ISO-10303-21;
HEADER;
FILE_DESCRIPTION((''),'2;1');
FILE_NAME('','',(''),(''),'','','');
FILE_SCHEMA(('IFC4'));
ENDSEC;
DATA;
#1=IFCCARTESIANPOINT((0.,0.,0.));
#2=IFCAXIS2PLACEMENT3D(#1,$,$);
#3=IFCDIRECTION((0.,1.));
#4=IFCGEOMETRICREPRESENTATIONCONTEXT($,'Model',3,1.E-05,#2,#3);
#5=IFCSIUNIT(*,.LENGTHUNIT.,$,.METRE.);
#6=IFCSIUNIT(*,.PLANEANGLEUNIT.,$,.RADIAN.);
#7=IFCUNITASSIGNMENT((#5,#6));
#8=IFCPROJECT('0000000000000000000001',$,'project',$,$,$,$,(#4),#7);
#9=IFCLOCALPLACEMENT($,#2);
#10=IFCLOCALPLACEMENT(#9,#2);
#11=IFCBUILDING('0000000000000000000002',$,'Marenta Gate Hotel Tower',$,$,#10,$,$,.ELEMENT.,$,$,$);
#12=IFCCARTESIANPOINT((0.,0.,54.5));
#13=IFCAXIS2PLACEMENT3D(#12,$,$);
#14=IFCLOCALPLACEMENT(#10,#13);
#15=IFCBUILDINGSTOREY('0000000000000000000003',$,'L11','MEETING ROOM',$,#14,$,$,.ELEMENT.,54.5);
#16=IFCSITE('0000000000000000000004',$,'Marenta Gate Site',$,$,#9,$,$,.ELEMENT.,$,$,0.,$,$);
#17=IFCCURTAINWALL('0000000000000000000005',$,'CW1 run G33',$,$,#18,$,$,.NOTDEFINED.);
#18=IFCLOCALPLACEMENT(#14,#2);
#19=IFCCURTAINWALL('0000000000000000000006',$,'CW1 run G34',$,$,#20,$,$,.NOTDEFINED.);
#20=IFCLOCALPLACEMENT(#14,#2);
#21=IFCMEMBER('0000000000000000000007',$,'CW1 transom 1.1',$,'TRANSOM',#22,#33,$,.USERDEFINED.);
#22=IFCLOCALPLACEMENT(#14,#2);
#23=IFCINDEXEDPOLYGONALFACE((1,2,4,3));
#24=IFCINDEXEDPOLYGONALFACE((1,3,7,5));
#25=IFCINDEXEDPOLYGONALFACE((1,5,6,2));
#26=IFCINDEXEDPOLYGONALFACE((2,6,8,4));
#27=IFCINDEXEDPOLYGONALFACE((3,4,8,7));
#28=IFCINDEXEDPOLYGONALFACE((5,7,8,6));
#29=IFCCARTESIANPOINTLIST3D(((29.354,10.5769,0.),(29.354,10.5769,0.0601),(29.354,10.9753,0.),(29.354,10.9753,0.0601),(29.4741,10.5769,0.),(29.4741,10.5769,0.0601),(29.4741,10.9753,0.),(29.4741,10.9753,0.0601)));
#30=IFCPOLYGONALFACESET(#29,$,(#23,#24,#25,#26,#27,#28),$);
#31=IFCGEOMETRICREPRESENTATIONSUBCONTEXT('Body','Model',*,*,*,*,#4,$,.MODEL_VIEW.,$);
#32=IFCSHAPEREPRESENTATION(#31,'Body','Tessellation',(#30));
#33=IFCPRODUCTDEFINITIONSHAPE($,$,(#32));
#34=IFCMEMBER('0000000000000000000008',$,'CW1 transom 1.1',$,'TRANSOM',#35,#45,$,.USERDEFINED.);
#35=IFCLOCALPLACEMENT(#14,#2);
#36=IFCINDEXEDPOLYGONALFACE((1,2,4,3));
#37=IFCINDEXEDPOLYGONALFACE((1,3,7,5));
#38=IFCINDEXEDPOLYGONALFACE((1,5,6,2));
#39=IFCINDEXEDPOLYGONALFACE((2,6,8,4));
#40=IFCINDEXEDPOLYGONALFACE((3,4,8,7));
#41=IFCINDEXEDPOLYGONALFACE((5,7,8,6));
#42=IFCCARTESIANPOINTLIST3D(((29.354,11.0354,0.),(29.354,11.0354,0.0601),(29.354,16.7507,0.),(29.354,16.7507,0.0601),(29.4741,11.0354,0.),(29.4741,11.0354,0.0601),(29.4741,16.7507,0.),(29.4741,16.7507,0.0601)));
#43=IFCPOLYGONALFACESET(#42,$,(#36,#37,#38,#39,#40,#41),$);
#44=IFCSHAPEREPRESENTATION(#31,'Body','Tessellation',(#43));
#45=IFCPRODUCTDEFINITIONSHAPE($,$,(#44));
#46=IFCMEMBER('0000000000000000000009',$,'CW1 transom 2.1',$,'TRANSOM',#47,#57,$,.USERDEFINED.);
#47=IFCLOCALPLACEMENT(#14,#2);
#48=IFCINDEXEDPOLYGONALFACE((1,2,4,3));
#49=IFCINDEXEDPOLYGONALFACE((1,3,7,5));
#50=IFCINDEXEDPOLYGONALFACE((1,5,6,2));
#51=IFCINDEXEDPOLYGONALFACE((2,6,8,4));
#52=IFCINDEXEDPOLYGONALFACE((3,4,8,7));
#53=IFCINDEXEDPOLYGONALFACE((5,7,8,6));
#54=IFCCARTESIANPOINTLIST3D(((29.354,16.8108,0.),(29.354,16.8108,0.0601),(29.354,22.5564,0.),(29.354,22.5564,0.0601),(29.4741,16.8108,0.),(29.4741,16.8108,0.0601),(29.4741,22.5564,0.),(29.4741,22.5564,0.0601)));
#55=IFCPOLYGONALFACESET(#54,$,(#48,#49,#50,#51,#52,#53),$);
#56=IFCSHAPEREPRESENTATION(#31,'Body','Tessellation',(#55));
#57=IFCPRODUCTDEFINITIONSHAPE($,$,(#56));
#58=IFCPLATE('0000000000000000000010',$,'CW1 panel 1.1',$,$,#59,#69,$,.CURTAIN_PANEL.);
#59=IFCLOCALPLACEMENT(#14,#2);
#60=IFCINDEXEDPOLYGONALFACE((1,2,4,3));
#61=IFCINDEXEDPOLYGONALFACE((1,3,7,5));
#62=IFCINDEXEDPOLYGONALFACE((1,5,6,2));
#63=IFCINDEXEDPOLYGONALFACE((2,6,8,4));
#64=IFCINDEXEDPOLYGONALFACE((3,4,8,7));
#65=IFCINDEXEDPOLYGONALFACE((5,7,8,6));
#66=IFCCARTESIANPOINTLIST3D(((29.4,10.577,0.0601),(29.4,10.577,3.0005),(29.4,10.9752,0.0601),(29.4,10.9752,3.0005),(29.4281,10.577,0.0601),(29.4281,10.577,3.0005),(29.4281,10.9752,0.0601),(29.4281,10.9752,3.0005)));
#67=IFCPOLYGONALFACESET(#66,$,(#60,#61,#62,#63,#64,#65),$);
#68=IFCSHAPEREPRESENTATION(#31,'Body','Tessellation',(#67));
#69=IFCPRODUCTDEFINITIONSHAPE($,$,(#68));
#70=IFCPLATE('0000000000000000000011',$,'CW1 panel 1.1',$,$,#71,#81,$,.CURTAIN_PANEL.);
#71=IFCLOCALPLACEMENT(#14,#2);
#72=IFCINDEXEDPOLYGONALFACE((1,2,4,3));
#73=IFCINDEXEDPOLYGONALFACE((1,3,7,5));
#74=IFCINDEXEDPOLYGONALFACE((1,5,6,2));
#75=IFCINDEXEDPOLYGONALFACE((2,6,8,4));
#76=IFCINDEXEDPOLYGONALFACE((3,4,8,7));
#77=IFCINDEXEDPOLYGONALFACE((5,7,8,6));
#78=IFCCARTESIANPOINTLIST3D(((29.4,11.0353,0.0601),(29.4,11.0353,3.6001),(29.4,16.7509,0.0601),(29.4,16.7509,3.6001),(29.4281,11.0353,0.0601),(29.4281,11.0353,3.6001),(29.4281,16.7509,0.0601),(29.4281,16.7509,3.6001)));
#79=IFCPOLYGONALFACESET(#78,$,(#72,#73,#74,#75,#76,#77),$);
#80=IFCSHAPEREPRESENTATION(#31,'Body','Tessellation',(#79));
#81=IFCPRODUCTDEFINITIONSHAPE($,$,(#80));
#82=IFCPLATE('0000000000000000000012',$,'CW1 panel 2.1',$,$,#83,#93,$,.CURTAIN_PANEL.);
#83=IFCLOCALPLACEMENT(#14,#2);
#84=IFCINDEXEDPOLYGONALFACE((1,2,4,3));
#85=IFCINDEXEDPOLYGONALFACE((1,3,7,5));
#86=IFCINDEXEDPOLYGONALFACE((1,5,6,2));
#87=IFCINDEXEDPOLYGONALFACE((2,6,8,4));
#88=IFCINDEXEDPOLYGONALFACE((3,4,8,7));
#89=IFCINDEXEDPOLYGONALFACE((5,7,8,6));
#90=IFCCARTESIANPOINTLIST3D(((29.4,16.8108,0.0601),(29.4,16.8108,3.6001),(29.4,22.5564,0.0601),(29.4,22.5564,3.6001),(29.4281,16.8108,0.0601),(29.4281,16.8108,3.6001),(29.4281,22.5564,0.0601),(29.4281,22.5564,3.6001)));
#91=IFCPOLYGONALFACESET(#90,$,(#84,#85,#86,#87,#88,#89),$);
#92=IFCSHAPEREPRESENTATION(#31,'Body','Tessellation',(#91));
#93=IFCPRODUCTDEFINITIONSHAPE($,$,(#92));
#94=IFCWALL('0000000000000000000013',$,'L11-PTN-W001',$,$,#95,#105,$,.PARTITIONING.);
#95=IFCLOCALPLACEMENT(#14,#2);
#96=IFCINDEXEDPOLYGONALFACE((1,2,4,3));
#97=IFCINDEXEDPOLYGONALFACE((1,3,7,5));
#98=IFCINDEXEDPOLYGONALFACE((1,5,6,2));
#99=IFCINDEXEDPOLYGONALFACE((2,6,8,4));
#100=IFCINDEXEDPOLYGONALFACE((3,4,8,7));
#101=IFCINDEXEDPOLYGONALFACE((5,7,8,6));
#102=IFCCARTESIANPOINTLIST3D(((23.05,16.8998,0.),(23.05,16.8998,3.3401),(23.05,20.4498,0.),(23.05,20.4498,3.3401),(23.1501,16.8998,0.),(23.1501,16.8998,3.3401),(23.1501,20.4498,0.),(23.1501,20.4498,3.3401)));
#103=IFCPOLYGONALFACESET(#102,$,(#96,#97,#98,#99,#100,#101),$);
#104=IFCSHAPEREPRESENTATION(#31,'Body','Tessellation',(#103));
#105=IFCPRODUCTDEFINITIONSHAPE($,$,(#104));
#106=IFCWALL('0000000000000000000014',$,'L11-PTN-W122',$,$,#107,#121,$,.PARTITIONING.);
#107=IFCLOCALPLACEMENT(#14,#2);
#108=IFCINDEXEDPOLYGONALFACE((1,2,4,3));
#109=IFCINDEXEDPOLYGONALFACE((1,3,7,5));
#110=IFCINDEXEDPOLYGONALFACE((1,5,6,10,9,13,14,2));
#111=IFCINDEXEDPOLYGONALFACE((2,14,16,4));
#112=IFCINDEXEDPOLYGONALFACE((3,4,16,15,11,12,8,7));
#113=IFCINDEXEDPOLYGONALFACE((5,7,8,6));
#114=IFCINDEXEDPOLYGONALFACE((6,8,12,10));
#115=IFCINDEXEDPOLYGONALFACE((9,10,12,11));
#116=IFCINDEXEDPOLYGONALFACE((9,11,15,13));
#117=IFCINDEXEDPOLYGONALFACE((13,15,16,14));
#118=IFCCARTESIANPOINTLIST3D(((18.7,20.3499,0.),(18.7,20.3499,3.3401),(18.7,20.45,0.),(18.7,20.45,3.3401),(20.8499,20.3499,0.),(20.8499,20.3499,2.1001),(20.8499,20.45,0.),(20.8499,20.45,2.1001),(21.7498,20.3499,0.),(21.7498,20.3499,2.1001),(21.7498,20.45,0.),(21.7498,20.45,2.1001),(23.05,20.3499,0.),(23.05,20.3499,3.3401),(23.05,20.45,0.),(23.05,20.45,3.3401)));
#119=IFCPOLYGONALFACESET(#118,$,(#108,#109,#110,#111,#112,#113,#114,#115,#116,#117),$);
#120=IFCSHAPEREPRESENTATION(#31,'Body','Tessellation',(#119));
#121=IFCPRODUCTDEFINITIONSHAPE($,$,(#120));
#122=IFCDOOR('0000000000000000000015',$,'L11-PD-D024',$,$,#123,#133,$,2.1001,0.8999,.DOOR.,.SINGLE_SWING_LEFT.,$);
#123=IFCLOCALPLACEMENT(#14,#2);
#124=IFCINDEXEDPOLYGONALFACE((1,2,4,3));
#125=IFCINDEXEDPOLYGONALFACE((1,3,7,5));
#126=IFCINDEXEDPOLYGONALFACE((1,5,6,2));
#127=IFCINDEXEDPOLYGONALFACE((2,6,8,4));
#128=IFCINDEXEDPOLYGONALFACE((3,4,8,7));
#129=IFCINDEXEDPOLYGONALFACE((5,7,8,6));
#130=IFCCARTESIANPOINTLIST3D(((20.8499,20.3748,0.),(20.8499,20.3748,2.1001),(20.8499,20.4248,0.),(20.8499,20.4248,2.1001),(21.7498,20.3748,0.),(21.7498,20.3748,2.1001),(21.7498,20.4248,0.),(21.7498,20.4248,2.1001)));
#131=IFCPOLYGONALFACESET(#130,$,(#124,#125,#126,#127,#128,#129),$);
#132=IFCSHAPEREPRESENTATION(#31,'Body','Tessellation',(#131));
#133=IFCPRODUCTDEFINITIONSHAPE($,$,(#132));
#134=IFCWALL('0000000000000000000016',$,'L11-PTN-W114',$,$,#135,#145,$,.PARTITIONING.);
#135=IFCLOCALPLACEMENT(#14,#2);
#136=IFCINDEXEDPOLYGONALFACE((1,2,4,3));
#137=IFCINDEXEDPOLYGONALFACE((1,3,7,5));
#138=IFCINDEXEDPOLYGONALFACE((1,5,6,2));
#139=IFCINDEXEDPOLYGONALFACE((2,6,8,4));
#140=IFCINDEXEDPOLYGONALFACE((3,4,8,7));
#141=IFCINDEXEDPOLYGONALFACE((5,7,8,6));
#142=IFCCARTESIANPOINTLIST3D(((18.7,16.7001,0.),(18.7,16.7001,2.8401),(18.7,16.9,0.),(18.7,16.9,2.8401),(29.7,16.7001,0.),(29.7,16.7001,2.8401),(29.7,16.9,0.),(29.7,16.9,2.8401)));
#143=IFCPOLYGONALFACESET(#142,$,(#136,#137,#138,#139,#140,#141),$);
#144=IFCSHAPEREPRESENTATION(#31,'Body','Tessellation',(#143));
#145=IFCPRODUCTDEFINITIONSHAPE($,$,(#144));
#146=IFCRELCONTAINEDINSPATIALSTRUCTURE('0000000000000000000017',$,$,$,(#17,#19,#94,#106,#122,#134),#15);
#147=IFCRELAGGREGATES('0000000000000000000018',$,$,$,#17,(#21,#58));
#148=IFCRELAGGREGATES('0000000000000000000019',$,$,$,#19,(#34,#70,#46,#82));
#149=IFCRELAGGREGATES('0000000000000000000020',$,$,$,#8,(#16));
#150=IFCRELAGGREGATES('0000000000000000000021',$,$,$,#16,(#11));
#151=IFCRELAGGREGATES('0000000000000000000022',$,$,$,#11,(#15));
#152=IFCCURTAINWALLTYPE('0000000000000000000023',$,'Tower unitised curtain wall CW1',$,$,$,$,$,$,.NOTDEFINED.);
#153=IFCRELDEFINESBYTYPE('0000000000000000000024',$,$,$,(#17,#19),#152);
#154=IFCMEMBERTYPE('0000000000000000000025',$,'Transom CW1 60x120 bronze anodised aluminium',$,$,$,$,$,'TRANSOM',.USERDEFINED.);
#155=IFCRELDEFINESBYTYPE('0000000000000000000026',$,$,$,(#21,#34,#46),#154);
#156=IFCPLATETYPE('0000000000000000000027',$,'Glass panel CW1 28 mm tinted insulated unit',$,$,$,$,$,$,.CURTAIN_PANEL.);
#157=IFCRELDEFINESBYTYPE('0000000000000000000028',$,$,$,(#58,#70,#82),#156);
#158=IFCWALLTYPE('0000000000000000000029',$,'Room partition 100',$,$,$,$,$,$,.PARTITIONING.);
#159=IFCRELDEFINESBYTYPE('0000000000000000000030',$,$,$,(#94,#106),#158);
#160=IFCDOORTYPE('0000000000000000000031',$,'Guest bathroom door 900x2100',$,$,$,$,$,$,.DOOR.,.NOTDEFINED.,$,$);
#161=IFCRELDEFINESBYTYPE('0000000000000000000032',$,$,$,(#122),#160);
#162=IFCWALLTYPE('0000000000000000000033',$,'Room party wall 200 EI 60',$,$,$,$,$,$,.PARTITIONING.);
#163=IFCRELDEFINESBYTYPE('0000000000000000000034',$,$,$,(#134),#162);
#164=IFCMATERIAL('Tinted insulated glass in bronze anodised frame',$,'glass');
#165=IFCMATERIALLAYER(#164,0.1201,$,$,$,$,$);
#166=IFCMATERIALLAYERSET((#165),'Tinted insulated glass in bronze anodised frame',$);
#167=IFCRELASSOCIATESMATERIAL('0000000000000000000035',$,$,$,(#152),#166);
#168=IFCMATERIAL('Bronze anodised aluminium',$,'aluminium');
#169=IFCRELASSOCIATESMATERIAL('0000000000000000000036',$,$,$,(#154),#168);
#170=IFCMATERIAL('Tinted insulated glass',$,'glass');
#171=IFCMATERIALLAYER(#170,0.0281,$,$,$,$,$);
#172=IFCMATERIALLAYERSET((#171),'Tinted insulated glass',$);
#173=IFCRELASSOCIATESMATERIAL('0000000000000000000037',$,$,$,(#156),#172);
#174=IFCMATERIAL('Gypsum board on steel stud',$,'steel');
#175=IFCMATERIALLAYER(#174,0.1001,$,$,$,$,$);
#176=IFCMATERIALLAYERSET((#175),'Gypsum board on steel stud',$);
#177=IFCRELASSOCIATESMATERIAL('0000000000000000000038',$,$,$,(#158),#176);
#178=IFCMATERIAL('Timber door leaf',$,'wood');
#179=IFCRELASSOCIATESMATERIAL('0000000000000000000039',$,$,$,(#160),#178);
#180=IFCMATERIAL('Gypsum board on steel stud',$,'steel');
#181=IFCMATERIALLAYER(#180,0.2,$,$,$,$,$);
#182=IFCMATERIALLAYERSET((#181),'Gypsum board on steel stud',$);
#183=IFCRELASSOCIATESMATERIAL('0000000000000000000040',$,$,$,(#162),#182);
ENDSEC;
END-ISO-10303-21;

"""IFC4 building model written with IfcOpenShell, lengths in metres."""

from ifc_helpers import new_model, si_unit, direction, frame, frame_2d, origin, origin_2d, place, context, subcontext, project, spatial, rectangle, extrude, material, layer, layer_set, material_profile, profile_set, type_object, element, fill, aggregate, save


model = new_model("IFC4")

# Units and contexts
model_context = context("Model", 3, precision=1e-05, world=origin(), true_north=direction((0.0, 1.0)))
body_context = subcontext(model_context, "Body", "Model", "MODEL_VIEW")
ifc_project = project(units=[si_unit("LENGTHUNIT", "METRE"), si_unit("PLANEANGLEUNIT", "RADIAN")], contexts=[model_context])

# Site, building, storey
site_placement = place(None, origin())
site = spatial("IfcSite", under=ifc_project, at=site_placement, Name="Marenta Gate Site", CompositionType="ELEMENT", RefElevation=0.0)
building_placement = place(site_placement, origin())
building = spatial("IfcBuilding", under=site, at=building_placement, Name="Marenta Gate Hotel Tower", CompositionType="ELEMENT")
storey_placement = place(building_placement, frame((0.0, 0.0, 54.5)))
storey = spatial("IfcBuildingStorey", under=building, at=storey_placement, Name="L11", Description="MEETING ROOM", CompositionType="ELEMENT", Elevation=54.5)

# Curtain wall
ifc_material_1 = material(Name="Tinted insulated glass in bronze anodised frame", Category="glass")
ifc_layer_1 = layer(ifc_material_1, 0.1201)
ifc_layer_set_1 = layer_set([ifc_layer_1], Name="Tinted insulated glass in bronze anodised frame")
curtain_wall_type = type_object("IfcCurtainWallType", Name="Tower unitised curtain wall CW1", PredefinedType="NOTDEFINED", material=ifc_layer_set_1)
curtain_wall_1_placement = place(storey_placement, origin())
curtain_wall_1 = element("IfcCurtainWall", 1, at=curtain_wall_1_placement, inside=storey, type_object=curtain_wall_type, Name="CW1 run G33", PredefinedType="NOTDEFINED")

# Curtain wall
curtain_wall_2_placement = place(storey_placement, origin())
curtain_wall_2 = element("IfcCurtainWall", 2, at=curtain_wall_2_placement, inside=storey, type_object=curtain_wall_type, Name="CW1 run G34", PredefinedType="NOTDEFINED")

# Members
ifc_material_2 = material(Name="Bronze anodised aluminium", Category="aluminium")
ifc_material_profile_1 = material_profile(ifc_material_2, rectangle(XDim=0.1201, YDim=0.0601, at=origin_2d()), Name="Transom CW1 60x120 bronze anodised aluminium")
ifc_profile_set_1 = profile_set([ifc_material_profile_1], Name="Bronze anodised aluminium")
member_type_1 = type_object("IfcMemberType", Name="Transom CW1 60x120 bronze anodised aluminium", ElementType="TRANSOM", PredefinedType="USERDEFINED", material=ifc_profile_set_1)
member_1_placement = place(storey_placement, frame((29.4141, 10.5769, 0.03), z_axis=(0.0, 1.0, 0.0), x_axis=(-1.0, 0.0, 0.0)))
member_1 = element("IfcMember", 3, at=member_1_placement, type_object=member_type_1, Name="CW1 transom 1.1", ObjectType="TRANSOM", PredefinedType="USERDEFINED", context=body_context, shape_type="SweptSolid", body=[
    extrude(rectangle(XDim=0.1201, YDim=0.0601, at=origin_2d()), origin(), (0.0, 0.0, 1.0), 0.3984),
])
member_2_placement = place(storey_placement, frame((29.4141, 11.0354, 0.03), z_axis=(0.0, 1.0, 0.0), x_axis=(-1.0, 0.0, 0.0)))
member_2 = element("IfcMember", 4, at=member_2_placement, type_object=member_type_1, Name="CW1 transom 1.1", ObjectType="TRANSOM", PredefinedType="USERDEFINED", context=body_context, shape_type="SweptSolid", body=[
    extrude(rectangle(XDim=0.1201, YDim=0.0601, at=origin_2d()), origin(), (0.0, 0.0, 1.0), 5.7153),
])
member_3_placement = place(storey_placement, frame((29.4141, 16.8108, 0.03), z_axis=(0.0, 1.0, 0.0), x_axis=(-1.0, 0.0, 0.0)))
member_3 = element("IfcMember", 5, at=member_3_placement, type_object=member_type_1, Name="CW1 transom 2.1", ObjectType="TRANSOM", PredefinedType="USERDEFINED", context=body_context, shape_type="SweptSolid", body=[
    extrude(rectangle(XDim=0.1201, YDim=0.0601, at=origin_2d()), origin(), (0.0, 0.0, 1.0), 5.7456),
])

# Plates
ifc_material_3 = material(Name="Tinted insulated glass", Category="glass")
ifc_layer_2 = layer(ifc_material_3, 0.0281)
ifc_layer_set_2 = layer_set([ifc_layer_2], Name="Tinted insulated glass")
plate_type = type_object("IfcPlateType", Name="Glass panel CW1 28 mm tinted insulated unit", PredefinedType="CURTAIN_PANEL", material=ifc_layer_set_2)
plate_1_placement = place(storey_placement, frame((29.4141, 10.7761, 0.0601), z_axis=(0.0, 0.0, 1.0), x_axis=(0.0, 1.0, 0.0)))
plate_1 = element("IfcPlate", 6, at=plate_1_placement, type_object=plate_type, Name="CW1 panel 1.1", PredefinedType="CURTAIN_PANEL", context=body_context, shape_type="SweptSolid", body=[
    extrude(rectangle(XDim=0.3982, YDim=0.0281, at=origin_2d()), origin(), (0.0, 0.0, 1.0), 2.9404),
])
aggregate(curtain_wall_1, [member_1, plate_1])
plate_2_placement = place(storey_placement, frame((29.4141, 13.8931, 0.0601), z_axis=(0.0, 0.0, 1.0), x_axis=(0.0, 1.0, 0.0)))
plate_2 = element("IfcPlate", 7, at=plate_2_placement, type_object=plate_type, Name="CW1 panel 1.1", PredefinedType="CURTAIN_PANEL", context=body_context, shape_type="SweptSolid", body=[
    extrude(rectangle(XDim=5.7156, YDim=0.0281, at=origin_2d()), origin(), (0.0, 0.0, 1.0), 3.54),
])
plate_3_placement = place(storey_placement, frame((29.4141, 19.6836, 0.0601), z_axis=(0.0, 0.0, 1.0), x_axis=(0.0, 1.0, 0.0)))
plate_3 = element("IfcPlate", 8, at=plate_3_placement, type_object=plate_type, Name="CW1 panel 2.1", PredefinedType="CURTAIN_PANEL", context=body_context, shape_type="SweptSolid", body=[
    extrude(rectangle(XDim=5.7456, YDim=0.0281, at=origin_2d()), origin(), (0.0, 0.0, 1.0), 3.54),
])
aggregate(curtain_wall_2, [member_2, plate_2, member_3, plate_3])

# Wall
ifc_material_4 = material(Name="Gypsum board on steel stud", Category="steel")
ifc_layer_3 = layer(ifc_material_4, 0.1001)
ifc_layer_set_3 = layer_set([ifc_layer_3], Name="Gypsum board on steel stud")
wall_type_1 = type_object("IfcWallType", Name="Room partition 100", PredefinedType="PARTITIONING", material=ifc_layer_set_3)
wall_1_placement = place(storey_placement, frame((23.1001, 16.8999, 0.0), z_axis=(0.0, 0.0, 1.0), x_axis=(0.0, 1.0, 0.0)))
element("IfcWall", 9, at=wall_1_placement, inside=storey, type_object=wall_type_1, Name="L11-PTN-W001", PredefinedType="PARTITIONING", context=body_context, shape_type="SweptSolid", body=[
    extrude(rectangle(XDim=3.55, YDim=0.1001, at=frame_2d((1.7749, 0.0))), origin(), (0.0, 0.0, 1.0), 3.3401),
])

# Wall, opening, door
wall_2_placement = place(storey_placement, frame((18.7, 20.3999, 0.0), z_axis=(0.0, 0.0, 1.0), x_axis=(1.0, 0.0, 0.0)))
wall_2 = element("IfcWall", 10, at=wall_2_placement, inside=storey, type_object=wall_type_1, Name="L11-PTN-W122", PredefinedType="PARTITIONING", context=body_context, shape_type="SweptSolid", body=[
    extrude(rectangle(XDim=4.3501, YDim=0.1001, at=frame_2d((2.175, 0.0))), origin(), (0.0, 0.0, 1.0), 3.3401),
])
opening_placement = place(wall_2_placement, frame((2.1499, 0.0, 0.0)))
opening = element("IfcOpeningElement", 11, at=opening_placement, cuts=wall_2, PredefinedType="OPENING", context=body_context, shape_type="SweptSolid", body=[
    extrude(rectangle(XDim=0.8999, YDim=2.1001, at=frame_2d((0.45, 1.05))), frame((0.0, 0.05, 0.0), z_axis=(0.0, -1.0, 0.0), x_axis=(1.0, 0.0, 0.0)), (0.0, 0.0, 1.0), 0.1001),
])
ifc_material_5 = material(Name="Timber door leaf", Category="wood")
door_type = type_object("IfcDoorType", Name="Guest bathroom door 900x2100", OperationType="NOTDEFINED", PredefinedType="DOOR", material=ifc_material_5)
door_placement = place(opening_placement, origin())
door = element("IfcDoor", 12, at=door_placement, inside=storey, type_object=door_type, Name="L11-PD-D024", OperationType="SINGLE_SWING_LEFT", OverallHeight=2.1001, OverallWidth=0.8999, PredefinedType="DOOR", context=body_context, shape_type="SweptSolid", body=[
    extrude(rectangle(XDim=0.8999, YDim=2.1001, at=frame_2d((0.45, 1.05))), frame((0.0, 0.0249, 0.0), z_axis=(0.0, -1.0, 0.0), x_axis=(1.0, 0.0, 0.0)), (0.0, 0.0, 1.0), 0.05),
])
fill(opening, door)

# Wall
ifc_material_6 = material(Name="Gypsum board on steel stud", Category="steel")
ifc_layer_4 = layer(ifc_material_6, 0.2)
ifc_layer_set_4 = layer_set([ifc_layer_4], Name="Gypsum board on steel stud")
wall_type_2 = type_object("IfcWallType", Name="Room party wall 200 EI 60", PredefinedType="PARTITIONING", material=ifc_layer_set_4)
wall_3_placement = place(storey_placement, frame((18.7, 16.8, 0.0), z_axis=(0.0, 0.0, 1.0), x_axis=(1.0, 0.0, 0.0)))
element("IfcWall", 13, at=wall_3_placement, inside=storey, type_object=wall_type_2, Name="L11-PTN-W114", PredefinedType="PARTITIONING", context=body_context, shape_type="SweptSolid", body=[
    extrude(rectangle(XDim=11.0, YDim=0.2, at=frame_2d((5.5, 0.0))), origin(), (0.0, 0.0, 1.0), 2.8401),
])

save(model, "model.ifc")
